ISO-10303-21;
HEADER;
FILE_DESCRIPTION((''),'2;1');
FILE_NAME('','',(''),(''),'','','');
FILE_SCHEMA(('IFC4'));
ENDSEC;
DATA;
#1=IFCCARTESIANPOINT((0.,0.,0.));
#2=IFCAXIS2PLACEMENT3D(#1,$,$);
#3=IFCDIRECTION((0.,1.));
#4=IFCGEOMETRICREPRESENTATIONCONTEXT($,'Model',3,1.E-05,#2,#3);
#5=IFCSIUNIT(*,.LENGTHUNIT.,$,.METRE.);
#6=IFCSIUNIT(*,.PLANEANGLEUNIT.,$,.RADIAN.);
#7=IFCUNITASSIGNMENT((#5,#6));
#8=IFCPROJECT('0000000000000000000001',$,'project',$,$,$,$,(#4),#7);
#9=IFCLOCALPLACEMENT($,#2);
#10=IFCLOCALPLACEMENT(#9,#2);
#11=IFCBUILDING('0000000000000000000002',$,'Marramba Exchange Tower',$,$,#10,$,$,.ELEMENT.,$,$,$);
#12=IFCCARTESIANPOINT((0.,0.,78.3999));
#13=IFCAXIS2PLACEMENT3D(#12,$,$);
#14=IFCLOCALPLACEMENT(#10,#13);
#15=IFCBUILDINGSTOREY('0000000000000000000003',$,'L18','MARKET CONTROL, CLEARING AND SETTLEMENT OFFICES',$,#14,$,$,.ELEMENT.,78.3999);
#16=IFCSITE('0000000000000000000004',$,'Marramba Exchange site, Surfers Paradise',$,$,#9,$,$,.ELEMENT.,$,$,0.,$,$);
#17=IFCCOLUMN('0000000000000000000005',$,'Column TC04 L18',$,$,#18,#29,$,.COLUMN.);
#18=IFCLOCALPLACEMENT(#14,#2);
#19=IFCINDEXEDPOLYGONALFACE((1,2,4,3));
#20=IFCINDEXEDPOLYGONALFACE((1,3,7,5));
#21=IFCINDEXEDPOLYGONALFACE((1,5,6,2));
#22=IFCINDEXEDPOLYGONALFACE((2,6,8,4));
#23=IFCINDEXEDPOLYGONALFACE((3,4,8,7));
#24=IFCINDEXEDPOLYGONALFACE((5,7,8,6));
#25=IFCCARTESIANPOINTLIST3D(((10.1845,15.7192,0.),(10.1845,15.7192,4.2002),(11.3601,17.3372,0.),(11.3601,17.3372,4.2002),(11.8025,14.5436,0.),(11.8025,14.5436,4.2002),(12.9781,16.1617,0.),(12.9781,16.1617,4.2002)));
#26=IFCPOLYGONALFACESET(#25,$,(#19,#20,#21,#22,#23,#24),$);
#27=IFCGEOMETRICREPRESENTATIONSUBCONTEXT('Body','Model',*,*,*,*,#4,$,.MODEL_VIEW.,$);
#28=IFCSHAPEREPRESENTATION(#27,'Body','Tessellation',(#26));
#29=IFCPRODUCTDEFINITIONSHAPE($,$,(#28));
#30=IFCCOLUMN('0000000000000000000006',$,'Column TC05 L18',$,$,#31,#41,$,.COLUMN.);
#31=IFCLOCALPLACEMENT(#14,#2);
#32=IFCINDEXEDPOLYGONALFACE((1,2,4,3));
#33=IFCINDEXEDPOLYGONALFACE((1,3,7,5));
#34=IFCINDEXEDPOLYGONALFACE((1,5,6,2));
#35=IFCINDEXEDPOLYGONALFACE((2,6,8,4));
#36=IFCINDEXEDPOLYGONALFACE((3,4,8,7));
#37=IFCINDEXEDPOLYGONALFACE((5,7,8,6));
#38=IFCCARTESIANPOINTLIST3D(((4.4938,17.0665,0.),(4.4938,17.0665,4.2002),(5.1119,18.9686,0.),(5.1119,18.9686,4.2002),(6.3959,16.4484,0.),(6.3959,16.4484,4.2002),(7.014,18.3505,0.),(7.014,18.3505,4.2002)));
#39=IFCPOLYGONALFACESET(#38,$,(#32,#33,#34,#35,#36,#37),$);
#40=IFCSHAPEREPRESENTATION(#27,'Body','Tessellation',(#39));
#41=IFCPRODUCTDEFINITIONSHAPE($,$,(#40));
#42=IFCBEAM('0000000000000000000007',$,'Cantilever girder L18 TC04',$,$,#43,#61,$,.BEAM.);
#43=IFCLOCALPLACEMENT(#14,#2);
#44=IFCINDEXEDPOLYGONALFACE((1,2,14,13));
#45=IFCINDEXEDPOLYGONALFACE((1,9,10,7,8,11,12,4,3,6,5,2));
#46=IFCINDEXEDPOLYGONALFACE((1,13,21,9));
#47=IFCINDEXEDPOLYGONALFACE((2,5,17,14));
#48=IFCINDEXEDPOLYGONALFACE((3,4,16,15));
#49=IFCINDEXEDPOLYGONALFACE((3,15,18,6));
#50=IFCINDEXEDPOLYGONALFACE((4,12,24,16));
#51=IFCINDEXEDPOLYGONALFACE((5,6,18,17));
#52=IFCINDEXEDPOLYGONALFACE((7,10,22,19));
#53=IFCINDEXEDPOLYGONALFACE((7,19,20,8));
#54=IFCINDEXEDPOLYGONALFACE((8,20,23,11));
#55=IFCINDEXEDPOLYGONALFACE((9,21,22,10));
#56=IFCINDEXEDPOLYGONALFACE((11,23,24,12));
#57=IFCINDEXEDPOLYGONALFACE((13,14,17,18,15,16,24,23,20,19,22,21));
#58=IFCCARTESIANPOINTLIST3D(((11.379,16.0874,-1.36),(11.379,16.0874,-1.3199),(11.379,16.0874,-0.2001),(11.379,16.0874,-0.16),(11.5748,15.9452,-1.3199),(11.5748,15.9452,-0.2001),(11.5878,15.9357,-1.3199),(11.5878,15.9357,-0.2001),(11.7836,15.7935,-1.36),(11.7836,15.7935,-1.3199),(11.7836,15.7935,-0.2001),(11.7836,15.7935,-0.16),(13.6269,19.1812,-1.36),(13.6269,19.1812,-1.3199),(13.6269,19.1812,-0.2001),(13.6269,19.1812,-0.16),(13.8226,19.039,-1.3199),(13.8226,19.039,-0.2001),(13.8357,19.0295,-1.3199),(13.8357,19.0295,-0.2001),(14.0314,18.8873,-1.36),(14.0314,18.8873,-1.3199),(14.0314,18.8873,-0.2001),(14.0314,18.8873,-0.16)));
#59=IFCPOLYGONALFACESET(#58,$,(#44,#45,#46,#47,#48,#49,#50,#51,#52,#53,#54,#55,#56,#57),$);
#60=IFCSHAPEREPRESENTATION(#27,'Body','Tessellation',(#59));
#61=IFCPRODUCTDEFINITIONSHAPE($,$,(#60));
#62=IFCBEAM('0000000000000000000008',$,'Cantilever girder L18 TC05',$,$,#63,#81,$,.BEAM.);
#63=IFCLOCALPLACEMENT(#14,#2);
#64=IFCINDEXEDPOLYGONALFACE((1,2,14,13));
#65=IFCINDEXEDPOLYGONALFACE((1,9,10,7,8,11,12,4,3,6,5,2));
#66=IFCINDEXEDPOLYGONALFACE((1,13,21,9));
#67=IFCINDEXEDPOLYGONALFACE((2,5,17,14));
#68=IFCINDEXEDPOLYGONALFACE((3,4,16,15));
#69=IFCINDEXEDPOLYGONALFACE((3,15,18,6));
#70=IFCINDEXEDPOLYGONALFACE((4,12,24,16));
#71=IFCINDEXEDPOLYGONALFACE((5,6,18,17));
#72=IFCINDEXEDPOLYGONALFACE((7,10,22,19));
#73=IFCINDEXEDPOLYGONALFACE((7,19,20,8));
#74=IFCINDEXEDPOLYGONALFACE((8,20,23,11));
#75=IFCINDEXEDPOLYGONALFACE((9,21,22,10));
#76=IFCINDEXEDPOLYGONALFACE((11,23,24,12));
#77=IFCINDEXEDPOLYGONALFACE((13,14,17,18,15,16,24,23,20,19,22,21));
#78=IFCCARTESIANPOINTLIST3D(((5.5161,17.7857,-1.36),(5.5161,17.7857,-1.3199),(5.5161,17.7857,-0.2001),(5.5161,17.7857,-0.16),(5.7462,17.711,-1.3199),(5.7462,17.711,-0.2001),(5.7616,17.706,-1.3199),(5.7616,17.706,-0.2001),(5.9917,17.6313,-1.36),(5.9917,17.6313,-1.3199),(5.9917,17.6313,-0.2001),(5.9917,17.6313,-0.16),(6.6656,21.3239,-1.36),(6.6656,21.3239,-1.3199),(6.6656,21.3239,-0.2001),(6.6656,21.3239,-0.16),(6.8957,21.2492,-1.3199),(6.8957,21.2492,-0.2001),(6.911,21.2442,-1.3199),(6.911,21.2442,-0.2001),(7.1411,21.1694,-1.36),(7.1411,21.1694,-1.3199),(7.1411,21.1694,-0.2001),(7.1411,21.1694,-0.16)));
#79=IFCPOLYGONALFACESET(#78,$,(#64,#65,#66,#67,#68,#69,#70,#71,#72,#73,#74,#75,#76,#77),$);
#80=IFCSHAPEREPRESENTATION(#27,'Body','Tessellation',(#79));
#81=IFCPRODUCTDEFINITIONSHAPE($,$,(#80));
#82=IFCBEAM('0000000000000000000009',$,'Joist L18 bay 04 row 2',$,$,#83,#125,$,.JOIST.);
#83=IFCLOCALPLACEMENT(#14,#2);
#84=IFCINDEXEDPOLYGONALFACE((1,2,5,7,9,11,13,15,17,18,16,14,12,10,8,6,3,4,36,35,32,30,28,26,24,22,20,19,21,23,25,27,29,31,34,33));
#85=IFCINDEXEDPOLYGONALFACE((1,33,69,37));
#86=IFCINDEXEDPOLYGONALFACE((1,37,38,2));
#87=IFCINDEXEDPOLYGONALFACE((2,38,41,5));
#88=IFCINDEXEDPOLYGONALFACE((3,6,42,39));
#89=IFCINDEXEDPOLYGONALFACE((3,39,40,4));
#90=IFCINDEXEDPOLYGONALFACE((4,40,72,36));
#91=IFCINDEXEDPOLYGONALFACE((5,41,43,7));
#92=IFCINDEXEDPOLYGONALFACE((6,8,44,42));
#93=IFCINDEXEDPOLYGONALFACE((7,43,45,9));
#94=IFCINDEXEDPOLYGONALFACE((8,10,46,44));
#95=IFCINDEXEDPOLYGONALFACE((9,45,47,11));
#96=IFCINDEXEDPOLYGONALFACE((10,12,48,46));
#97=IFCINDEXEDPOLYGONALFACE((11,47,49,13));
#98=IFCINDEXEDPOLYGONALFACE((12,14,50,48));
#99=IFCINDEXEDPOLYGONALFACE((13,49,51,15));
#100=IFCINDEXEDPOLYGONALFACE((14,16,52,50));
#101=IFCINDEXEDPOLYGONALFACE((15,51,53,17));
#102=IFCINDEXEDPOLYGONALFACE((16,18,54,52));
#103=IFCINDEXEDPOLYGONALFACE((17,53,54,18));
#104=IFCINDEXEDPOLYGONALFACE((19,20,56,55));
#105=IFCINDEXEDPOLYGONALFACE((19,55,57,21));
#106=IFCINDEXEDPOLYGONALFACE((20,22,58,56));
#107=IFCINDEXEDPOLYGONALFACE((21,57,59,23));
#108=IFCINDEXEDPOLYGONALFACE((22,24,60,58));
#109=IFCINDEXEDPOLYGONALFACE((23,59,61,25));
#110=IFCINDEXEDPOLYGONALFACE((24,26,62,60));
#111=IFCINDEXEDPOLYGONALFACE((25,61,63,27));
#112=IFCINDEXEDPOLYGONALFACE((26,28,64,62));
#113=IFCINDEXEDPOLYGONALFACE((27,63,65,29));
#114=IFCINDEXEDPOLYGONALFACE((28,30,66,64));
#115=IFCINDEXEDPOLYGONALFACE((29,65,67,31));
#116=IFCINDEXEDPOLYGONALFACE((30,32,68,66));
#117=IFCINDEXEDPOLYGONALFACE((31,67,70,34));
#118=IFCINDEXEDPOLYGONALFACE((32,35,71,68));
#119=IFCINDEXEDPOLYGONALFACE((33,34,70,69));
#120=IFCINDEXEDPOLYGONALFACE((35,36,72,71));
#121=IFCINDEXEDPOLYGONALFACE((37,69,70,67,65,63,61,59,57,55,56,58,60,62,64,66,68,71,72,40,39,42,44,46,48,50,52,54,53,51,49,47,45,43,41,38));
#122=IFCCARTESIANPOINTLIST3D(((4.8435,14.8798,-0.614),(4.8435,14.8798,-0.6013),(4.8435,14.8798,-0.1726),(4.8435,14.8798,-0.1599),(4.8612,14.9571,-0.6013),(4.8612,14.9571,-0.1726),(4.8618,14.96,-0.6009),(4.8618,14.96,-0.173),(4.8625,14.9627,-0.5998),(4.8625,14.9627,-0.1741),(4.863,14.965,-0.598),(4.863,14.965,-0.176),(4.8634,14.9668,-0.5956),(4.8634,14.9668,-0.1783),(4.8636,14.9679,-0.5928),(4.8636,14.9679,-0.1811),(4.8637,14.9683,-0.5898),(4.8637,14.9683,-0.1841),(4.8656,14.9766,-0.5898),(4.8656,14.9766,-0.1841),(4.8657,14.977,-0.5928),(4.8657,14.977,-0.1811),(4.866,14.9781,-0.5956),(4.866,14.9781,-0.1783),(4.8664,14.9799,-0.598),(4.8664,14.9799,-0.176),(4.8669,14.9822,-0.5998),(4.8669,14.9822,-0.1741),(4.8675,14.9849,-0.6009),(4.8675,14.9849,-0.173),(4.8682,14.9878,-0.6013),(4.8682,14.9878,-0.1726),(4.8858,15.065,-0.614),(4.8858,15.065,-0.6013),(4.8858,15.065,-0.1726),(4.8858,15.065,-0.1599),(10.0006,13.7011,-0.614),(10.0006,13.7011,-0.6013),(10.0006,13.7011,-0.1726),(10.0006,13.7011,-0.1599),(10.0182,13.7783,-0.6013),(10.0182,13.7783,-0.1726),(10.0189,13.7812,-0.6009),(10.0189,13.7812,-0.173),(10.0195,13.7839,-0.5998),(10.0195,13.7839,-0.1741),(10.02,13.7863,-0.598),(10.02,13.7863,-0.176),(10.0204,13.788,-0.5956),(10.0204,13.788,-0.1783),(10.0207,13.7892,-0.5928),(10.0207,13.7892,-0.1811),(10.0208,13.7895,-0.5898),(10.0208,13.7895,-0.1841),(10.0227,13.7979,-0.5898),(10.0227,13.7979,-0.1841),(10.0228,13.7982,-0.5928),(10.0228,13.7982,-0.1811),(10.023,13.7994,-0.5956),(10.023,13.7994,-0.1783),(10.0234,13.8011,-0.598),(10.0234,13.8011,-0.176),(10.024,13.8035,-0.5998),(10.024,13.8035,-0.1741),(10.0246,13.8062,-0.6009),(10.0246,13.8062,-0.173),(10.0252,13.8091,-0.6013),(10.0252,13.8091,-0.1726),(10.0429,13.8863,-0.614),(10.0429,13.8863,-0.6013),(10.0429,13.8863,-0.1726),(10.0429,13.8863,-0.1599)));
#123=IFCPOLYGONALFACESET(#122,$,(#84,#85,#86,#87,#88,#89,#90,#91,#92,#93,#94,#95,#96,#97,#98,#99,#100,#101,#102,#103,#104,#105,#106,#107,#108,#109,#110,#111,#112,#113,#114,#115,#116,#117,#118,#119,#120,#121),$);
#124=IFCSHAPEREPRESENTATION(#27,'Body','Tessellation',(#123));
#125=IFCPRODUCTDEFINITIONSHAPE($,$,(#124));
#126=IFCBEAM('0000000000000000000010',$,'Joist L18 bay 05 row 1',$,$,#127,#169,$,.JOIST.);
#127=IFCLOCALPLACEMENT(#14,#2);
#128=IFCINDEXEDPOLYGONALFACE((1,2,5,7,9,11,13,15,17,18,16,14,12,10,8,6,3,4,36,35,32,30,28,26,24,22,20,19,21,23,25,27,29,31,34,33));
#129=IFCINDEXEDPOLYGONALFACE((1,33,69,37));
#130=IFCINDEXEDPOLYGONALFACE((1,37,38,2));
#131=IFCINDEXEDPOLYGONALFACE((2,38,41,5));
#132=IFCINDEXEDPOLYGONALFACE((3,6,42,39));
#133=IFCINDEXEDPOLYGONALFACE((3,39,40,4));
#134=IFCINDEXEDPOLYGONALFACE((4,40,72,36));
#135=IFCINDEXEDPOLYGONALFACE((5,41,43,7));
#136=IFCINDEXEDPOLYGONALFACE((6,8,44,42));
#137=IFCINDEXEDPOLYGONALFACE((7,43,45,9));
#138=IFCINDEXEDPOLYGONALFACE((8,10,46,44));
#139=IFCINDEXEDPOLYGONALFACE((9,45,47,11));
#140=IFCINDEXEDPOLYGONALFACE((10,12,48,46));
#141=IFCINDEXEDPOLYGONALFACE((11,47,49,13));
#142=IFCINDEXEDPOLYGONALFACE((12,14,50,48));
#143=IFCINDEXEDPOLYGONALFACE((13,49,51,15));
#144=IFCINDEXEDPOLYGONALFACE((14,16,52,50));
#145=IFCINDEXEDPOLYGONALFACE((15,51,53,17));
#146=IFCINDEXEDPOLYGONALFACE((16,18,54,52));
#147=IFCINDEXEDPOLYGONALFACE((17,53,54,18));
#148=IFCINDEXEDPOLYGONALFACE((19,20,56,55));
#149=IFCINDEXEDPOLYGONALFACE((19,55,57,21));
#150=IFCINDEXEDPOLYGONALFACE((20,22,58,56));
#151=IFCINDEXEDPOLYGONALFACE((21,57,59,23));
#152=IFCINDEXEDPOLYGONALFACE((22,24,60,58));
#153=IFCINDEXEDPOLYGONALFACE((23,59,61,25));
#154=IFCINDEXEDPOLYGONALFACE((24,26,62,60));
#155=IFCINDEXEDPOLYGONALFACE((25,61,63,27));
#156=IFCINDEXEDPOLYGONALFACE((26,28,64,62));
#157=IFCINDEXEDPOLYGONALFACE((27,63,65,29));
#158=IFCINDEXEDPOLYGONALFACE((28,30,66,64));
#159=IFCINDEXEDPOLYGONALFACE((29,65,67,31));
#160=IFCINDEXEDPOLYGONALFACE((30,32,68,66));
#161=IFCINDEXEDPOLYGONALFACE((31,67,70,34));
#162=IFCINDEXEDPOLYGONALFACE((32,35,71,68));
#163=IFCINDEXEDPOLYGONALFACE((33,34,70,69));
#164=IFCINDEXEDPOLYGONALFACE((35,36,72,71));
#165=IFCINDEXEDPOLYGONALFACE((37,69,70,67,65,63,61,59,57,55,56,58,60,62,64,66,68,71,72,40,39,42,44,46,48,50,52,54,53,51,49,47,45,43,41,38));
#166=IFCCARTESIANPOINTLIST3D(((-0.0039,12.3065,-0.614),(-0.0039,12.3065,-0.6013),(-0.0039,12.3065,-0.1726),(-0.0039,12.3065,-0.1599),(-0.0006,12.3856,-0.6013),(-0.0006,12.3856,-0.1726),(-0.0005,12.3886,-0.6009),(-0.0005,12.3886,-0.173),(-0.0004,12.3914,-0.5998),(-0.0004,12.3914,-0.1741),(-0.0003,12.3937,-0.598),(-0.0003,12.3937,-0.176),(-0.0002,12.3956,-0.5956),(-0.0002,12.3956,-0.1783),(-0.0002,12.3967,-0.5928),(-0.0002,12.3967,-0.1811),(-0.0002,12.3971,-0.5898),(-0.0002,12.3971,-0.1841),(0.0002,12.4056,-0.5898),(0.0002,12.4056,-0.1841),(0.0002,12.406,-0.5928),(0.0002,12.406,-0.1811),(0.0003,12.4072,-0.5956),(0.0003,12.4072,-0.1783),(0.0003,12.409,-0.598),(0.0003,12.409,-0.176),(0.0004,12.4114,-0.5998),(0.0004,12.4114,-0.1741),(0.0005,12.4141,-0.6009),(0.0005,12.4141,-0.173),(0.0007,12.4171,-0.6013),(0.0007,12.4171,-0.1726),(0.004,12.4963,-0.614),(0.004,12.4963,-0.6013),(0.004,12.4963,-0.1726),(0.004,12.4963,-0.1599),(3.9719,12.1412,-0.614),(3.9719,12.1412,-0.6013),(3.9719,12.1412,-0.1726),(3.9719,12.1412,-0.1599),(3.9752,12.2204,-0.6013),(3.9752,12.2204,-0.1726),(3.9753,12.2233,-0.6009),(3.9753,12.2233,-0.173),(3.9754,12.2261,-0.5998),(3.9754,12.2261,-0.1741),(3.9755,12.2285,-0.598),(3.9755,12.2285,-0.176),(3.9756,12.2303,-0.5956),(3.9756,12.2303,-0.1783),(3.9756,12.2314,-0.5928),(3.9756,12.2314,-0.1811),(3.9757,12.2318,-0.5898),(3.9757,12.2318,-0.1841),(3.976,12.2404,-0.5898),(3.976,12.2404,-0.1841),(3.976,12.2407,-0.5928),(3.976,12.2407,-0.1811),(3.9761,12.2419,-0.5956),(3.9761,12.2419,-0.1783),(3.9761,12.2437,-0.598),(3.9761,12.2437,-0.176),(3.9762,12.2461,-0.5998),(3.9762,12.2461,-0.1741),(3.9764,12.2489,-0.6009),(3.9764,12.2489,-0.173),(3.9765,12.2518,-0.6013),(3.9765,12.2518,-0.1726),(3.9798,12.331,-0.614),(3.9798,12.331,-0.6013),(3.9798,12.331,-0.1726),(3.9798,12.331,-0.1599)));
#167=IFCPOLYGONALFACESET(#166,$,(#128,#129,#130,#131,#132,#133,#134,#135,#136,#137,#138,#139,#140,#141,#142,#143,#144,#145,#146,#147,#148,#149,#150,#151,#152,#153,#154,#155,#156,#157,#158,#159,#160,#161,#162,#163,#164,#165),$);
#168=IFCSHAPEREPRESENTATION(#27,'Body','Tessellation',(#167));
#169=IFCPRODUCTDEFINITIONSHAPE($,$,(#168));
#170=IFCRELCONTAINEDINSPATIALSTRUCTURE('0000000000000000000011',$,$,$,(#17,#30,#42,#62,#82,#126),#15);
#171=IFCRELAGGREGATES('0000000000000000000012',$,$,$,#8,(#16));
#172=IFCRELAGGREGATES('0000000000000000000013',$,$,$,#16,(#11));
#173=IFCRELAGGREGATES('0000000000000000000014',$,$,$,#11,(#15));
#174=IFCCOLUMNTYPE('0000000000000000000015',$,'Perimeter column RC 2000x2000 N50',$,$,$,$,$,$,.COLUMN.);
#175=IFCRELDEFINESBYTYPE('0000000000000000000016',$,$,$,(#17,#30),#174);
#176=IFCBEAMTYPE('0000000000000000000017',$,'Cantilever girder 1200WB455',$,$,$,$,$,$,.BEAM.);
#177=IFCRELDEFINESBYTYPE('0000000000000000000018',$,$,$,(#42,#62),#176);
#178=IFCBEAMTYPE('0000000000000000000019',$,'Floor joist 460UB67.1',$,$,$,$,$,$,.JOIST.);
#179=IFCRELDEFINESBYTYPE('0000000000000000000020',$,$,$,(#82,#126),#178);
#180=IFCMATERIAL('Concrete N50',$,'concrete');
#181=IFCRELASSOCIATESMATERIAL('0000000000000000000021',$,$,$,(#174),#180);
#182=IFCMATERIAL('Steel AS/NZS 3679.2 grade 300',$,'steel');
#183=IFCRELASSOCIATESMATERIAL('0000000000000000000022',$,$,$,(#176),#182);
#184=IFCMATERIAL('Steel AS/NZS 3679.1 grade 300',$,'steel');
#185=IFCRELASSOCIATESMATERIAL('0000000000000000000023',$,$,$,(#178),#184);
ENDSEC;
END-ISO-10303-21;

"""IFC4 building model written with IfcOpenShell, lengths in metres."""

from ifc_helpers import new_model, si_unit, direction, frame, origin, origin_2d, place, context, subcontext, project, spatial, rectangle, i_section, extrude, material, material_profile, profile_set, type_object, element, save


model = new_model("IFC4")

# Units and contexts
model_context = context("Model", 3, precision=1e-05, world=origin(), true_north=direction((0.0, 1.0)))
body_context = subcontext(model_context, "Body", "Model", "MODEL_VIEW")
ifc_project = project(units=[si_unit("LENGTHUNIT", "METRE"), si_unit("PLANEANGLEUNIT", "RADIAN")], contexts=[model_context])

# Site, building, storey
site_placement = place(None, origin())
site = spatial("IfcSite", under=ifc_project, at=site_placement, Name="Marramba Exchange site, Surfers Paradise", CompositionType="ELEMENT", RefElevation=0.0)
building_placement = place(site_placement, origin())
building = spatial("IfcBuilding", under=site, at=building_placement, Name="Marramba Exchange Tower", CompositionType="ELEMENT")
storey_placement = place(building_placement, frame((0.0, 0.0, 78.3999)))
storey = spatial("IfcBuildingStorey", under=building, at=storey_placement, Name="L18", Description="MARKET CONTROL, CLEARING AND SETTLEMENT OFFICES", CompositionType="ELEMENT", Elevation=78.3999)

# Columns
ifc_material_1 = material(Name="Concrete N50", Category="concrete")
ifc_material_profile_1 = material_profile(ifc_material_1, rectangle(XDim=2.0, YDim=2.0, at=origin_2d()), Name="RC 2000x2000")
ifc_profile_set_1 = profile_set([ifc_material_profile_1], Name="Concrete N50")
column_type = type_object("IfcColumnType", Name="Perimeter column RC 2000x2000 N50", PredefinedType="COLUMN", material=ifc_profile_set_1)
for number, where, z_axis, x_axis, name in (
    (1, (11.5813, 15.9404, 0.0), (0.0, 0.0, 1.0), (0.587785, 0.809017, 0.0), "Column TC04 L18"),
    (2, (5.7539, 17.7085, 0.0), (0.0, 0.0, 1.0), (0.309017, 0.951057, 0.0), "Column TC05 L18"),
):
    element("IfcColumn", number, at=place(storey_placement, frame(where, z_axis=z_axis, x_axis=x_axis)), inside=storey, type_object=column_type, Name=name, PredefinedType="COLUMN", context=body_context, shape_type="SweptSolid", body=[
        extrude(rectangle(XDim=2.0, YDim=2.0, at=origin_2d()), origin(), (0.0, 0.0, 1.0), 4.2002),
    ])

# Beams
ifc_material_2 = material(Name="Steel AS/NZS 3679.2 grade 300", Category="steel")
ifc_material_profile_2 = material_profile(ifc_material_2, i_section(OverallWidth=0.5, OverallDepth=1.2, WebThickness=0.0161, FlangeThickness=0.04, at=origin_2d()), Name="1200WB455")
ifc_profile_set_2 = profile_set([ifc_material_profile_2], Name="Steel AS/NZS 3679.2 grade 300")
beam_type_1 = type_object("IfcBeamType", Name="Cantilever girder 1200WB455", PredefinedType="BEAM", material=ifc_profile_set_2)
beam_1_placement = place(storey_placement, frame((11.5813, 15.9404, -0.76), z_axis=(0.587796, 0.809009, 0.0), x_axis=(-0.809009, 0.587796, 0.0)))
element("IfcBeam", 3, at=beam_1_placement, inside=storey, type_object=beam_type_1, Name="Cantilever girder L18 TC04", PredefinedType="BEAM", context=body_context, shape_type="SweptSolid", body=[
    extrude(i_section(OverallWidth=0.5, OverallDepth=1.2, WebThickness=0.0161, FlangeThickness=0.04, at=origin_2d()), origin(), (0.0, 0.0, 1.0), 3.8242),
])
beam_2_placement = place(storey_placement, frame((5.7539, 17.7085, -0.76), z_axis=(0.308973, 0.951071, 0.0), x_axis=(-0.951071, 0.308973, 0.0)))
element("IfcBeam", 4, at=beam_2_placement, inside=storey, type_object=beam_type_1, Name="Cantilever girder L18 TC05", PredefinedType="BEAM", context=body_context, shape_type="SweptSolid", body=[
    extrude(i_section(OverallWidth=0.5, OverallDepth=1.2, WebThickness=0.0161, FlangeThickness=0.04, at=origin_2d()), origin(), (0.0, 0.0, 1.0), 3.7202),
])
ifc_material_3 = material(Name="Steel AS/NZS 3679.1 grade 300", Category="steel")
ifc_material_profile_3 = material_profile(ifc_material_3, i_section(OverallWidth=0.1899, OverallDepth=0.4541, WebThickness=0.0085, FlangeThickness=0.0127, FilletRadius=0.0115, at=origin_2d()), Name="460UB67.1")
ifc_profile_set_3 = profile_set([ifc_material_profile_3], Name="Steel AS/NZS 3679.1 grade 300")
beam_type_2 = type_object("IfcBeamType", Name="Floor joist 460UB67.1", PredefinedType="JOIST", material=ifc_profile_set_3)
beam_3_placement = place(storey_placement, frame((10.0217, 13.7937, -0.387), z_axis=(-0.97486, 0.22282, 0.0), x_axis=(-0.22282, -0.97486, 0.0)))
element("IfcBeam", 5, at=beam_3_placement, inside=storey, type_object=beam_type_2, Name="Joist L18 bay 04 row 2", PredefinedType="JOIST", context=body_context, shape_type="SweptSolid", body=[
    extrude(i_section(OverallWidth=0.1899, OverallDepth=0.4541, WebThickness=0.0085, FlangeThickness=0.0127, FilletRadius=0.0115, at=origin_2d()), origin(), (0.0, 0.0, 1.0), 5.29),
])
beam_4_placement = place(storey_placement, frame((3.9758, 12.2361, -0.387), z_axis=(-0.999137, 0.041536, 0.0), x_axis=(-0.041536, -0.999137, 0.0)))
element("IfcBeam", 6, at=beam_4_placement, inside=storey, type_object=beam_type_2, Name="Joist L18 bay 05 row 1", PredefinedType="JOIST", context=body_context, shape_type="SweptSolid", body=[
    extrude(i_section(OverallWidth=0.1899, OverallDepth=0.4541, WebThickness=0.0085, FlangeThickness=0.0127, FilletRadius=0.0115, at=origin_2d()), origin(), (0.0, 0.0, 1.0), 3.9792),
])

save(model, "model.ifc")
